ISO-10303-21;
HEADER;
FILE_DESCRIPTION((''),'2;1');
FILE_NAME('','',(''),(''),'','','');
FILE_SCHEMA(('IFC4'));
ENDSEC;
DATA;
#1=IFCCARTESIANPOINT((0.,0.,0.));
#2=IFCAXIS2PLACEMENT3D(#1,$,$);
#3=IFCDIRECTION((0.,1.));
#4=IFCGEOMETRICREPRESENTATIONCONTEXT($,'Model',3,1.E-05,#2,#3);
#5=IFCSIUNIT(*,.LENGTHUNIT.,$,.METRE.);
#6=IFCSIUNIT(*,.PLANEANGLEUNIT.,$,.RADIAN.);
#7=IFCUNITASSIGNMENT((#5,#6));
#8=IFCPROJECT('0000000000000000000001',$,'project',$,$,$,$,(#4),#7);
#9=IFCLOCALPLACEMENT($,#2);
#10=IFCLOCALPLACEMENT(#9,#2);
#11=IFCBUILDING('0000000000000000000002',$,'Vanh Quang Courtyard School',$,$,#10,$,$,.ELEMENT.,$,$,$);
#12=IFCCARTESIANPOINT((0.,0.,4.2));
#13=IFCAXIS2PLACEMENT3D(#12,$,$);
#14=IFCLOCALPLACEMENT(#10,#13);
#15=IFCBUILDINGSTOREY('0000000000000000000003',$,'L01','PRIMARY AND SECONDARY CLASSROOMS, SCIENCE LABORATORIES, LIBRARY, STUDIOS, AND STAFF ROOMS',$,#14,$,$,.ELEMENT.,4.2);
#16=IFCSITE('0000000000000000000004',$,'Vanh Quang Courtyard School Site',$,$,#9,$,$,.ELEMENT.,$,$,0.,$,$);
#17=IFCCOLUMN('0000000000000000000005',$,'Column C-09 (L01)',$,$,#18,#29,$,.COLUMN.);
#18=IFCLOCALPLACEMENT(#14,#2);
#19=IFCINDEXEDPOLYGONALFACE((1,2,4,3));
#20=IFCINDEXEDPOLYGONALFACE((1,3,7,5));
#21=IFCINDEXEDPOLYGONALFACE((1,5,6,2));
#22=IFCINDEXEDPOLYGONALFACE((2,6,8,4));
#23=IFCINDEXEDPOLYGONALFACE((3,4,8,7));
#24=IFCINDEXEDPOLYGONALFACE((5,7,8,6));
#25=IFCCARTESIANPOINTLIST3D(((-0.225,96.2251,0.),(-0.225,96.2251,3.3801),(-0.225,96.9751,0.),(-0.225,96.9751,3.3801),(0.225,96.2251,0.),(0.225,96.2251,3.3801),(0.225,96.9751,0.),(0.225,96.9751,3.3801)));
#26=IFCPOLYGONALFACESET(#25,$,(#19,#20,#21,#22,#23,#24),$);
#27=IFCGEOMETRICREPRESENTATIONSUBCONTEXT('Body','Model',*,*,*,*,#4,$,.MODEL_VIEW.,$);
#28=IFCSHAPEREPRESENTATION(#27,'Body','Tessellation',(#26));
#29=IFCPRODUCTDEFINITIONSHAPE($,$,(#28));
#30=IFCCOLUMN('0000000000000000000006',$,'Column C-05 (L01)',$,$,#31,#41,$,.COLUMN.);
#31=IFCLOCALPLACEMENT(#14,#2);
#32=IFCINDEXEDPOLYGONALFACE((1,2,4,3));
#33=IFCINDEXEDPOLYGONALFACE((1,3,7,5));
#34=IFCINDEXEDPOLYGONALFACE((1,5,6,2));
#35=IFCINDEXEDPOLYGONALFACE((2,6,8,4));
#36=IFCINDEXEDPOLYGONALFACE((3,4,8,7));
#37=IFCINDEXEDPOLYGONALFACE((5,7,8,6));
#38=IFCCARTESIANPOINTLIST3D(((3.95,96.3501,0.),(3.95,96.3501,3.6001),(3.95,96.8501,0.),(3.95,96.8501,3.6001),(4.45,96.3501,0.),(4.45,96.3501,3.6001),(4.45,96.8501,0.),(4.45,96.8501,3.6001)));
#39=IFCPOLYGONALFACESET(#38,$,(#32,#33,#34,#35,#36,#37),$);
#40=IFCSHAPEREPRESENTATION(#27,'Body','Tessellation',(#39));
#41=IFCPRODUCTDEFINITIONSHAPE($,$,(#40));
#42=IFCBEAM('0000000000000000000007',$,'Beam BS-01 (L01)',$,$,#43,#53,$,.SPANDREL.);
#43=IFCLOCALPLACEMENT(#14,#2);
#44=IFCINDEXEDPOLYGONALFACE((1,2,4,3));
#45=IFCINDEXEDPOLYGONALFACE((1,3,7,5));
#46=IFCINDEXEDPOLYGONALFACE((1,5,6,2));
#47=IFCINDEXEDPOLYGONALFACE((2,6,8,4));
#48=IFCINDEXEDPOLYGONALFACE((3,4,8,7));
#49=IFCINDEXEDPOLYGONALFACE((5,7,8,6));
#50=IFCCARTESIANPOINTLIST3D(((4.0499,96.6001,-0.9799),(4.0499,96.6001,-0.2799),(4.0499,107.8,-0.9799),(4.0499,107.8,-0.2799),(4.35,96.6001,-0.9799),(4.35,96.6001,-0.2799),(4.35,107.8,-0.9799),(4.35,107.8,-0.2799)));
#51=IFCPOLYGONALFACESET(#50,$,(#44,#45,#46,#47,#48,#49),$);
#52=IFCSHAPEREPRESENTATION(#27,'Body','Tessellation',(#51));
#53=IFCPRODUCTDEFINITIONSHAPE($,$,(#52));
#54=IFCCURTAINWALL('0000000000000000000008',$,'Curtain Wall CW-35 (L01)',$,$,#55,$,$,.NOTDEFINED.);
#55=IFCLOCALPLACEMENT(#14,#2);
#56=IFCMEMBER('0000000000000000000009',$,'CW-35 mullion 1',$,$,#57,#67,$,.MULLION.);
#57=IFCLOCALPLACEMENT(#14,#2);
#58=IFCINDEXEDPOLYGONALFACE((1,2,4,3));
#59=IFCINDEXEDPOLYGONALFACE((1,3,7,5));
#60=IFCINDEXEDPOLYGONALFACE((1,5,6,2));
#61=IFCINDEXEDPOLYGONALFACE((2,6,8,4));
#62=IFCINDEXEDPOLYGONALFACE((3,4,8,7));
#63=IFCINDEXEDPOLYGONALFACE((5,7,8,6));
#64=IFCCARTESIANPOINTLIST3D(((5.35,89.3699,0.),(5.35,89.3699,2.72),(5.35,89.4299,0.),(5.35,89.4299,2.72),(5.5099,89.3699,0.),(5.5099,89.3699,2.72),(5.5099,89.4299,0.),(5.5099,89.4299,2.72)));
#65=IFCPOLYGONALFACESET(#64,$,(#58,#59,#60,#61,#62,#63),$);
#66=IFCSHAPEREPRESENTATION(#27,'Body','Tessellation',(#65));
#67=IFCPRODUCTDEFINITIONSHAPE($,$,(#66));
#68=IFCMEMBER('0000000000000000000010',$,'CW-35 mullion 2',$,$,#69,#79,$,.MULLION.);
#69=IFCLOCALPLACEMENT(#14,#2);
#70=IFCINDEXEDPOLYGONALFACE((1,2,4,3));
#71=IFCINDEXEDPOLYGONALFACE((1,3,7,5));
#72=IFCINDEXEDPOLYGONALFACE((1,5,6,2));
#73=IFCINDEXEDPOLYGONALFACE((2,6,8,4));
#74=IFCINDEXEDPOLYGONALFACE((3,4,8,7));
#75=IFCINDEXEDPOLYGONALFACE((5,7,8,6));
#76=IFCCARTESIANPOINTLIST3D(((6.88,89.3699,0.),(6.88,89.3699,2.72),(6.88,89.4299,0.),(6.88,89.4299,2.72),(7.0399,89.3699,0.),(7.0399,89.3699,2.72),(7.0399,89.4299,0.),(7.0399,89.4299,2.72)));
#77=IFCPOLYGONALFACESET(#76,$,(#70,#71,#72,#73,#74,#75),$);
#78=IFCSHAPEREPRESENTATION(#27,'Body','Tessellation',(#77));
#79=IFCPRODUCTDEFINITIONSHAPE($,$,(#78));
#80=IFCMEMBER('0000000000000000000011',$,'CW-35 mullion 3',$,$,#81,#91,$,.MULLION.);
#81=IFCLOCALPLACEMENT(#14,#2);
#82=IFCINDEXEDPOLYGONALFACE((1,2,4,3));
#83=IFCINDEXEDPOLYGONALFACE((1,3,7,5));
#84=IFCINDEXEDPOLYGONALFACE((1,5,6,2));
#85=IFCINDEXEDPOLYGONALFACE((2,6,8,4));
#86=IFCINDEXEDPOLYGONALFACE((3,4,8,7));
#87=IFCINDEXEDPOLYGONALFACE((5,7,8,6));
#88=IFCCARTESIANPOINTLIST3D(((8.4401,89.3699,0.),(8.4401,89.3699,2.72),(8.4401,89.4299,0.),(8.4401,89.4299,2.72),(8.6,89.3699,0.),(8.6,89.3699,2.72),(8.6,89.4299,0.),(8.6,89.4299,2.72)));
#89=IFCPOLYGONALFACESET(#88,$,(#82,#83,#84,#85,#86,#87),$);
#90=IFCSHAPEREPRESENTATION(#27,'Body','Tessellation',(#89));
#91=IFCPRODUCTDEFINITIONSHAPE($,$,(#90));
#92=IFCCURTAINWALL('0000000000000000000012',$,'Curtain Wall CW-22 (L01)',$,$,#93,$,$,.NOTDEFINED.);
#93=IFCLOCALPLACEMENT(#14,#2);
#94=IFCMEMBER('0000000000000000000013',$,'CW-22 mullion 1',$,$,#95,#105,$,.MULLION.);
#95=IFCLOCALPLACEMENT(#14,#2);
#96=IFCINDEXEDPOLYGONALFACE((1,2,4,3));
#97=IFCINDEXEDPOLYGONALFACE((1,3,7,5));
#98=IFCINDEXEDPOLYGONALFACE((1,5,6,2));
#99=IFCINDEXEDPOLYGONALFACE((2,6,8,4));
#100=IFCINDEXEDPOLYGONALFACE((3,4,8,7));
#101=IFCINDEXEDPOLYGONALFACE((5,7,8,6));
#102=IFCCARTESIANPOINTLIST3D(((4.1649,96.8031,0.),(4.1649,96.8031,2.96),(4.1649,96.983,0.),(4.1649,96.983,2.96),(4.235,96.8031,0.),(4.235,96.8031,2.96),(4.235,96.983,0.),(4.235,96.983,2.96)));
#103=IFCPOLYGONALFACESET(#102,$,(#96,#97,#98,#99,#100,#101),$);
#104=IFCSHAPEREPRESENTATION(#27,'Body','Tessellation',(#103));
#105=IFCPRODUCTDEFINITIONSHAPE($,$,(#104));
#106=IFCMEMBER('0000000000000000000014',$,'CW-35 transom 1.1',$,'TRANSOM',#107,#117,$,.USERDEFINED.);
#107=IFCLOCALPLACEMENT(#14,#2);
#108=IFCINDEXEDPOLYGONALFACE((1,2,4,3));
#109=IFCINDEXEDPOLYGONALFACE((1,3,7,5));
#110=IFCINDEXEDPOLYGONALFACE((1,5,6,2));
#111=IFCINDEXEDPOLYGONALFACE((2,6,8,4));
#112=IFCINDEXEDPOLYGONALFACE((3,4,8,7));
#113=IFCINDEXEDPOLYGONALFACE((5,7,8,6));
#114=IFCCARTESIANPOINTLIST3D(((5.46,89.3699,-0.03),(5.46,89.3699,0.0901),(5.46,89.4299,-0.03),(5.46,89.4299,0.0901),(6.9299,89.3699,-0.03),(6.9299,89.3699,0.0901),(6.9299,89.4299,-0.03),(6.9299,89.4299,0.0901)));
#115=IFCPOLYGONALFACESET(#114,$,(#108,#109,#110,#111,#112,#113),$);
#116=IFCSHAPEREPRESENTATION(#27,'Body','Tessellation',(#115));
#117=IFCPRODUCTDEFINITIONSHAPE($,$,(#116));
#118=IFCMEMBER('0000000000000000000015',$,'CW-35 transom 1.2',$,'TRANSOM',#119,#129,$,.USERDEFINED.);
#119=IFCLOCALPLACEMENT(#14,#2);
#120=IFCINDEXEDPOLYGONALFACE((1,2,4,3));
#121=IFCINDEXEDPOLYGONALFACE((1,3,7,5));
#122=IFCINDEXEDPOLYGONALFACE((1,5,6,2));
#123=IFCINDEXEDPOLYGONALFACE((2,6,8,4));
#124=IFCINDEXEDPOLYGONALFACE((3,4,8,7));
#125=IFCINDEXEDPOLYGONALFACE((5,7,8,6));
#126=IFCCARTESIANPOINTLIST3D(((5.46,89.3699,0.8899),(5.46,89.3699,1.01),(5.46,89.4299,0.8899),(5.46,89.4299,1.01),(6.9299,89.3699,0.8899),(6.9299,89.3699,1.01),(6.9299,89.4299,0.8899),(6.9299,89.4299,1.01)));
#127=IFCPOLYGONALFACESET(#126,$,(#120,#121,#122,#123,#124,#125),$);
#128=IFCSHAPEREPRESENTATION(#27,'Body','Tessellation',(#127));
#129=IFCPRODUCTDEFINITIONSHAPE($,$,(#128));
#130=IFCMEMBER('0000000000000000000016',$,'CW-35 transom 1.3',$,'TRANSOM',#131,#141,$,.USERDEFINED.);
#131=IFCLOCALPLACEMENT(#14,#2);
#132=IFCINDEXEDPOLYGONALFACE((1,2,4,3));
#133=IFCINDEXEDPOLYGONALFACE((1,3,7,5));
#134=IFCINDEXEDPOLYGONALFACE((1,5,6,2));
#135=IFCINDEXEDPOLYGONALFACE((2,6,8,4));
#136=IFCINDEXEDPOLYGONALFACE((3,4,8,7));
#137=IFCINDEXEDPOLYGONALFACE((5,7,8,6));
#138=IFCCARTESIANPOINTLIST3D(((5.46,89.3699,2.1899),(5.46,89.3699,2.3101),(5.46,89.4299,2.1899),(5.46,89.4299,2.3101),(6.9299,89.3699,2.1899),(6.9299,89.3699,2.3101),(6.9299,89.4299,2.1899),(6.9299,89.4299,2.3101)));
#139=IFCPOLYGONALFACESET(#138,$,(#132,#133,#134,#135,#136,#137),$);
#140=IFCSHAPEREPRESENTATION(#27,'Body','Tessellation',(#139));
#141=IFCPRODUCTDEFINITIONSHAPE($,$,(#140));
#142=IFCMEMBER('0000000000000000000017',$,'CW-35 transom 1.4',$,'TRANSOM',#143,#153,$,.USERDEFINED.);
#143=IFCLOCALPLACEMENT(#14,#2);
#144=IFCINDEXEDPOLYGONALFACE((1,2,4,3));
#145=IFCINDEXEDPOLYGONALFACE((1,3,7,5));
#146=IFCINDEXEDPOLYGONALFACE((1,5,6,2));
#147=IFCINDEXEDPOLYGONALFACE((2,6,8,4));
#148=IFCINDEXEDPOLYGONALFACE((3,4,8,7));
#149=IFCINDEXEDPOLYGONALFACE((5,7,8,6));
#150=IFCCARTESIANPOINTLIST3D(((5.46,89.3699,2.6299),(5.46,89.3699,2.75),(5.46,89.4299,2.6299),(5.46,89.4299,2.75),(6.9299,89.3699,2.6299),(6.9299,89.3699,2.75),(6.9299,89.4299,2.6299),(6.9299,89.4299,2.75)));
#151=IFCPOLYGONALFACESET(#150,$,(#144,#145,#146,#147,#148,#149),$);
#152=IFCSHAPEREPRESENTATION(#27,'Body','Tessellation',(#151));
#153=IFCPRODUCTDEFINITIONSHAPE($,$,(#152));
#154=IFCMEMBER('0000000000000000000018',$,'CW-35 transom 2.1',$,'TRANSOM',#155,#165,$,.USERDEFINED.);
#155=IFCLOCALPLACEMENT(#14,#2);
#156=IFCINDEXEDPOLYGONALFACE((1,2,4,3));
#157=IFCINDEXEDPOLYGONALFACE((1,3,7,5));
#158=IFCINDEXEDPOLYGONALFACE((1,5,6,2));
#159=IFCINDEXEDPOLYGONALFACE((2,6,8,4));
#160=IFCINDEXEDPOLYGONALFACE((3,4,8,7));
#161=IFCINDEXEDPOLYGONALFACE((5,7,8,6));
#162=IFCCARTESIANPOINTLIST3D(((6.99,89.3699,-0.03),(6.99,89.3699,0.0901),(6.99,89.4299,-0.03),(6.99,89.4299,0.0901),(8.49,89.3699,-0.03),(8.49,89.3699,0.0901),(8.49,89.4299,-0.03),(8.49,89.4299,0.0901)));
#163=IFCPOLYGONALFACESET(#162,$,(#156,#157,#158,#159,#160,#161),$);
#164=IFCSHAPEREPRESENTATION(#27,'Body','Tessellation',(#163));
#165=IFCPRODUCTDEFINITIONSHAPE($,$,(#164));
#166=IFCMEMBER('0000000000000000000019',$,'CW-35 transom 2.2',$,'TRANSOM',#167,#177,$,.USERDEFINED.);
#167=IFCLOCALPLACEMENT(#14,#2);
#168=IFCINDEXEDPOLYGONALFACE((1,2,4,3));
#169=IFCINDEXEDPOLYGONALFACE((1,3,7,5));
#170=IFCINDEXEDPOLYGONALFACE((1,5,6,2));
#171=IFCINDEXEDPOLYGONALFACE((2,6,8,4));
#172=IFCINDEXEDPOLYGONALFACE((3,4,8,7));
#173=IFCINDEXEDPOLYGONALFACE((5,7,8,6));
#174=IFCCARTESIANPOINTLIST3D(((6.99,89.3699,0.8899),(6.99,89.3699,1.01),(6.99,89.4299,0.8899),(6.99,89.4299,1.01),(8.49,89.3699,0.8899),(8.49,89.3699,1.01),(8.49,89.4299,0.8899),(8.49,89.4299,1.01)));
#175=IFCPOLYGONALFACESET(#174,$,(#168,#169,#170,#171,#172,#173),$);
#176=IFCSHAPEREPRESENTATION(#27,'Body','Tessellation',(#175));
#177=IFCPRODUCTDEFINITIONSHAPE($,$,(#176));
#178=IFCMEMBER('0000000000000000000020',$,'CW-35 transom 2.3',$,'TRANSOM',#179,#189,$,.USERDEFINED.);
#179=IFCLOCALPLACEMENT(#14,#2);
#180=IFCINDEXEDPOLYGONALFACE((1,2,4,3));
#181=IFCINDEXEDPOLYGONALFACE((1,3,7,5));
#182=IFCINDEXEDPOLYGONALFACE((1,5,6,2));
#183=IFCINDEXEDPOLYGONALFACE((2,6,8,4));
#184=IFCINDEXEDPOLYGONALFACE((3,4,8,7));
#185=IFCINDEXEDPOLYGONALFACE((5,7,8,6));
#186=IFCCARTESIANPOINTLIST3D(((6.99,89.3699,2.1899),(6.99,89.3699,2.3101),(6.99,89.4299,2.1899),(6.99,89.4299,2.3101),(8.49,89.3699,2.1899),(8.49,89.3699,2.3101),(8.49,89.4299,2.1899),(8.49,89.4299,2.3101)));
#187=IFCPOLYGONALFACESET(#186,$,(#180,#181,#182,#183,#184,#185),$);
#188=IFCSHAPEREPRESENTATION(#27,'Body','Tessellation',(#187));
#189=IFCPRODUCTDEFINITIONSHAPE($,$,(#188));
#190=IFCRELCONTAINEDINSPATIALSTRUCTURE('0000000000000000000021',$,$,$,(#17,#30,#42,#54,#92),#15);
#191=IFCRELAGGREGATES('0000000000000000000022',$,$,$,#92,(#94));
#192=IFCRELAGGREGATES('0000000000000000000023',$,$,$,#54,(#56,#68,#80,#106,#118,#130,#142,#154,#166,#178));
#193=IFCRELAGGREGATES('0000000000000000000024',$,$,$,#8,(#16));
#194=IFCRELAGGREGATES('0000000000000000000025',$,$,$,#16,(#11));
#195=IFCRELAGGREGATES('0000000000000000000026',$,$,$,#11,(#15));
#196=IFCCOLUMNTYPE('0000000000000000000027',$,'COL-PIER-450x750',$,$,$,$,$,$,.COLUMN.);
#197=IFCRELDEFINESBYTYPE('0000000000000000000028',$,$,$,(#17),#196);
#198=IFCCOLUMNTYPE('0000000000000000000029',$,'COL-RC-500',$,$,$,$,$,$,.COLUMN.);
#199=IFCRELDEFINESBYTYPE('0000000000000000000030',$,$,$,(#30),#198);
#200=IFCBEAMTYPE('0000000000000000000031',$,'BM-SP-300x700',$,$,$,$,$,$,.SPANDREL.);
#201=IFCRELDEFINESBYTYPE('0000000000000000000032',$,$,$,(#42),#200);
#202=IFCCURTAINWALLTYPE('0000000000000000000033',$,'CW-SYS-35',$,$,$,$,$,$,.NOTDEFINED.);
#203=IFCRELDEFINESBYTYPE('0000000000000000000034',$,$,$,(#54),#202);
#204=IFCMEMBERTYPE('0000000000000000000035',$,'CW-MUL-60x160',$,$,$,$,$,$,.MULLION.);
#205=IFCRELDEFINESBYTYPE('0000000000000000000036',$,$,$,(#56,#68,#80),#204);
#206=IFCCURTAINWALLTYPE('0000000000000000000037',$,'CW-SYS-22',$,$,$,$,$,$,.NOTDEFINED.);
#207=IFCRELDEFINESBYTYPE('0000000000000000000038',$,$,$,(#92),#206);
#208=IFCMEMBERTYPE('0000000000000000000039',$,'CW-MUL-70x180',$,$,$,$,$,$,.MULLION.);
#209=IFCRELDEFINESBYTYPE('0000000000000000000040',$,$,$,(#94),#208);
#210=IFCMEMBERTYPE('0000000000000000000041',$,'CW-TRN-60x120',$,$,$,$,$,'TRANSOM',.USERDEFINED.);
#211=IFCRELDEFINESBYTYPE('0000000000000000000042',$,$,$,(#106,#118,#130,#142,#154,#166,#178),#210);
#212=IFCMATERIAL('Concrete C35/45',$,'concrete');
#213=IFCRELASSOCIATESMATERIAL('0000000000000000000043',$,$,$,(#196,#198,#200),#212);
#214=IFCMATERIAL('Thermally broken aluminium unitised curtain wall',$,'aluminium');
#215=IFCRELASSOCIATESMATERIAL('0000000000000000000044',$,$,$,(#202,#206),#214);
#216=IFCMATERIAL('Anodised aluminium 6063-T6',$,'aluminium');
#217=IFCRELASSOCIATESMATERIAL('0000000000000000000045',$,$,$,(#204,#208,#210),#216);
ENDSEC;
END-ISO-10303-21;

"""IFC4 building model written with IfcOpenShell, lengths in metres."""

from ifc_helpers import new_model, si_unit, direction, frame, origin, origin_2d, place, context, subcontext, project, spatial, rectangle, extrude, material, material_profile, profile_set, type_object, element, aggregate, save


model = new_model("IFC4")

# Units and contexts
model_context = context("Model", 3, precision=1e-05, world=origin(), true_north=direction((0.0, 1.0)))
body_context = subcontext(model_context, "Body", "Model", "MODEL_VIEW")
ifc_project = project(units=[si_unit("LENGTHUNIT", "METRE"), si_unit("PLANEANGLEUNIT", "RADIAN")], contexts=[model_context])

# Site, building, storey
site_placement = place(None, origin())
site = spatial("IfcSite", under=ifc_project, at=site_placement, Name="Vanh Quang Courtyard School Site", CompositionType="ELEMENT", RefElevation=0.0)
building_placement = place(site_placement, origin())
building = spatial("IfcBuilding", under=site, at=building_placement, Name="Vanh Quang Courtyard School", CompositionType="ELEMENT")
storey_placement = place(building_placement, frame((0.0, 0.0, 4.2)))
storey = spatial("IfcBuildingStorey", under=building, at=storey_placement, Name="L01", Description="PRIMARY AND SECONDARY CLASSROOMS, SCIENCE LABORATORIES, LIBRARY, STUDIOS, AND STAFF ROOMS", CompositionType="ELEMENT", Elevation=4.2)

# Columns
ifc_material_1 = material(Name="Concrete C35/45", Category="concrete")
ifc_material_profile_1 = material_profile(ifc_material_1, rectangle(XDim=0.45, YDim=0.75, at=origin_2d()), Name="RC-PIER 450x750")
ifc_profile_set_1 = profile_set([ifc_material_profile_1], Name="Concrete C35/45")
column_type_1 = type_object("IfcColumnType", Name="COL-PIER-450x750", PredefinedType="COLUMN", material=ifc_profile_set_1)
column_1_placement = place(storey_placement, frame((0.0, 96.6001, 0.0), z_axis=(0.0, 0.0, 1.0), x_axis=(1.0, 0.0, 0.0)))
element("IfcColumn", 1, at=column_1_placement, inside=storey, type_object=column_type_1, Name="Column C-09 (L01)", PredefinedType="COLUMN", context=body_context, shape_type="SweptSolid", body=[
    extrude(rectangle(XDim=0.45, YDim=0.75, at=origin_2d()), origin(), (0.0, 0.0, 1.0), 3.3801),
])
ifc_material_profile_2 = material_profile(ifc_material_1, rectangle(XDim=0.5, YDim=0.5, at=origin_2d()), Name="RC-COL 500x500")
ifc_profile_set_2 = profile_set([ifc_material_profile_2], Name="Concrete C35/45")
column_type_2 = type_object("IfcColumnType", Name="COL-RC-500", PredefinedType="COLUMN", material=ifc_profile_set_2)
column_2_placement = place(storey_placement, frame((4.2, 96.6001, 0.0), z_axis=(0.0, 0.0, 1.0), x_axis=(1.0, 0.0, 0.0)))
element("IfcColumn", 2, at=column_2_placement, inside=storey, type_object=column_type_2, Name="Column C-05 (L01)", PredefinedType="COLUMN", context=body_context, shape_type="SweptSolid", body=[
    extrude(rectangle(XDim=0.5, YDim=0.5, at=origin_2d()), origin(), (0.0, 0.0, 1.0), 3.6001),
])

# Beam
ifc_material_profile_3 = material_profile(ifc_material_1, rectangle(XDim=0.3, YDim=0.7, at=origin_2d()), Name="RC-SP 300x700")
ifc_profile_set_3 = profile_set([ifc_material_profile_3], Name="Concrete C35/45")
beam_type = type_object("IfcBeamType", Name="BM-SP-300x700", PredefinedType="SPANDREL", material=ifc_profile_set_3)
beam_placement = place(storey_placement, frame((4.2, 96.6001, -0.6299), z_axis=(0.0, 1.0, 0.0), x_axis=(-1.0, 0.0, 0.0)))
element("IfcBeam", 3, at=beam_placement, inside=storey, type_object=beam_type, Name="Beam BS-01 (L01)", PredefinedType="SPANDREL", context=body_context, shape_type="SweptSolid", body=[
    extrude(rectangle(XDim=0.3, YDim=0.7, at=origin_2d()), origin(), (0.0, 0.0, 1.0), 11.2),
])

# Curtain wall, members
ifc_material_2 = material(Name="Thermally broken aluminium unitised curtain wall", Category="aluminium")
curtain_wall_type_1 = type_object("IfcCurtainWallType", Name="CW-SYS-35", PredefinedType="NOTDEFINED", material=ifc_material_2)
curtain_wall_1_placement = place(storey_placement, origin())
curtain_wall_1 = element("IfcCurtainWall", 4, at=curtain_wall_1_placement, inside=storey, type_object=curtain_wall_type_1, Name="Curtain Wall CW-35 (L01)", PredefinedType="NOTDEFINED")
ifc_material_3 = material(Name="Anodised aluminium 6063-T6", Category="aluminium")
ifc_material_profile_4 = material_profile(ifc_material_3, rectangle(XDim=0.0601, YDim=0.1599, at=origin_2d()), Name="ALU-MUL 60x160")
ifc_profile_set_4 = profile_set([ifc_material_profile_4], Name="Anodised aluminium 6063-T6")
member_type_1 = type_object("IfcMemberType", Name="CW-MUL-60x160", PredefinedType="MULLION", material=ifc_profile_set_4)
member_1_placement = place(storey_placement, frame((5.4299, 89.3999, 0.0), z_axis=(0.0, 0.0, 1.0), x_axis=(0.0, 1.0, 0.0)))
member_1 = element("IfcMember", 5, at=member_1_placement, type_object=member_type_1, Name="CW-35 mullion 1", PredefinedType="MULLION", context=body_context, shape_type="SweptSolid", body=[
    extrude(rectangle(XDim=0.0601, YDim=0.1599, at=origin_2d()), origin(), (0.0, 0.0, 1.0), 2.72),
])
member_2_placement = place(storey_placement, frame((6.96, 89.3999, 0.0), z_axis=(0.0, 0.0, 1.0), x_axis=(0.0, 1.0, 0.0)))
member_2 = element("IfcMember", 6, at=member_2_placement, type_object=member_type_1, Name="CW-35 mullion 2", PredefinedType="MULLION", context=body_context, shape_type="SweptSolid", body=[
    extrude(rectangle(XDim=0.0601, YDim=0.1599, at=origin_2d()), origin(), (0.0, 0.0, 1.0), 2.72),
])
member_3_placement = place(storey_placement, frame((8.52, 89.3999, 0.0), z_axis=(0.0, 0.0, 1.0), x_axis=(0.0, 1.0, 0.0)))
member_3 = element("IfcMember", 7, at=member_3_placement, type_object=member_type_1, Name="CW-35 mullion 3", PredefinedType="MULLION", context=body_context, shape_type="SweptSolid", body=[
    extrude(rectangle(XDim=0.0601, YDim=0.1599, at=origin_2d()), origin(), (0.0, 0.0, 1.0), 2.72),
])

# Curtain wall, member
curtain_wall_type_2 = type_object("IfcCurtainWallType", Name="CW-SYS-22", PredefinedType="NOTDEFINED", material=ifc_material_2)
curtain_wall_2_placement = place(storey_placement, origin())
curtain_wall_2 = element("IfcCurtainWall", 8, at=curtain_wall_2_placement, inside=storey, type_object=curtain_wall_type_2, Name="Curtain Wall CW-22 (L01)", PredefinedType="NOTDEFINED")
ifc_material_profile_5 = material_profile(ifc_material_3, rectangle(XDim=0.0701, YDim=0.1799, at=origin_2d()), Name="ALU-MUL 70x180")
ifc_profile_set_5 = profile_set([ifc_material_profile_5], Name="Anodised aluminium 6063-T6")
member_type_2 = type_object("IfcMemberType", Name="CW-MUL-70x180", PredefinedType="MULLION", material=ifc_profile_set_5)
member_4_placement = place(storey_placement, frame((4.2, 96.8931, 0.0), z_axis=(0.0, 0.0, 1.0), x_axis=(-1.0, 0.0, 0.0)))
member_4 = element("IfcMember", 9, at=member_4_placement, type_object=member_type_2, Name="CW-22 mullion 1", PredefinedType="MULLION", context=body_context, shape_type="SweptSolid", body=[
    extrude(rectangle(XDim=0.0701, YDim=0.1799, at=origin_2d()), origin(), (0.0, 0.0, 1.0), 2.96),
])

# Members
ifc_material_profile_6 = material_profile(ifc_material_3, rectangle(XDim=0.0601, YDim=0.1201, at=origin_2d()), Name="ALU-TRN 60x120")
ifc_profile_set_6 = profile_set([ifc_material_profile_6], Name="Anodised aluminium 6063-T6")
member_type_3 = type_object("IfcMemberType", Name="CW-TRN-60x120", ElementType="TRANSOM", PredefinedType="USERDEFINED", material=ifc_profile_set_6)
member_5_placement = place(storey_placement, frame((5.46, 89.3999, 0.03), z_axis=(1.0, 0.0, 0.0), x_axis=(0.0, 1.0, 0.0)))
member_5 = element("IfcMember", 10, at=member_5_placement, type_object=member_type_3, Name="CW-35 transom 1.1", ObjectType="TRANSOM", PredefinedType="USERDEFINED", context=body_context, shape_type="SweptSolid", body=[
    extrude(rectangle(XDim=0.0601, YDim=0.1201, at=origin_2d()), origin(), (0.0, 0.0, 1.0), 1.47),
])
member_6_placement = place(storey_placement, frame((5.46, 89.3999, 0.95), z_axis=(1.0, 0.0, 0.0), x_axis=(0.0, 1.0, 0.0)))
member_6 = element("IfcMember", 11, at=member_6_placement, type_object=member_type_3, Name="CW-35 transom 1.2", ObjectType="TRANSOM", PredefinedType="USERDEFINED", context=body_context, shape_type="SweptSolid", body=[
    extrude(rectangle(XDim=0.0601, YDim=0.1201, at=origin_2d()), origin(), (0.0, 0.0, 1.0), 1.47),
])
member_7_placement = place(storey_placement, frame((5.46, 89.3999, 2.25), z_axis=(1.0, 0.0, 0.0), x_axis=(0.0, 1.0, 0.0)))
member_7 = element("IfcMember", 12, at=member_7_placement, type_object=member_type_3, Name="CW-35 transom 1.3", ObjectType="TRANSOM", PredefinedType="USERDEFINED", context=body_context, shape_type="SweptSolid", body=[
    extrude(rectangle(XDim=0.0601, YDim=0.1201, at=origin_2d()), origin(), (0.0, 0.0, 1.0), 1.47),
])
member_8_placement = place(storey_placement, frame((5.46, 89.3999, 2.6899), z_axis=(1.0, 0.0, 0.0), x_axis=(0.0, 1.0, 0.0)))
member_8 = element("IfcMember", 13, at=member_8_placement, type_object=member_type_3, Name="CW-35 transom 1.4", ObjectType="TRANSOM", PredefinedType="USERDEFINED", context=body_context, shape_type="SweptSolid", body=[
    extrude(rectangle(XDim=0.0601, YDim=0.1201, at=origin_2d()), origin(), (0.0, 0.0, 1.0), 1.47),
])
member_9_placement = place(storey_placement, frame((6.99, 89.3999, 0.03), z_axis=(1.0, 0.0, 0.0), x_axis=(0.0, 1.0, 0.0)))
member_9 = element("IfcMember", 14, at=member_9_placement, type_object=member_type_3, Name="CW-35 transom 2.1", ObjectType="TRANSOM", PredefinedType="USERDEFINED", context=body_context, shape_type="SweptSolid", body=[
    extrude(rectangle(XDim=0.0601, YDim=0.1201, at=origin_2d()), origin(), (0.0, 0.0, 1.0), 1.5),
])
member_10_placement = place(storey_placement, frame((6.99, 89.3999, 0.95), z_axis=(1.0, 0.0, 0.0), x_axis=(0.0, 1.0, 0.0)))
member_10 = element("IfcMember", 15, at=member_10_placement, type_object=member_type_3, Name="CW-35 transom 2.2", ObjectType="TRANSOM", PredefinedType="USERDEFINED", context=body_context, shape_type="SweptSolid", body=[
    extrude(rectangle(XDim=0.0601, YDim=0.1201, at=origin_2d()), origin(), (0.0, 0.0, 1.0), 1.5),
])
member_11_placement = place(storey_placement, frame((6.99, 89.3999, 2.25), z_axis=(1.0, 0.0, 0.0), x_axis=(0.0, 1.0, 0.0)))
member_11 = element("IfcMember", 16, at=member_11_placement, type_object=member_type_3, Name="CW-35 transom 2.3", ObjectType="TRANSOM", PredefinedType="USERDEFINED", context=body_context, shape_type="SweptSolid", body=[
    extrude(rectangle(XDim=0.0601, YDim=0.1201, at=origin_2d()), origin(), (0.0, 0.0, 1.0), 1.5),
])
aggregate(curtain_wall_2, [member_4])

aggregate(curtain_wall_1, [member_1, member_2, member_3, member_5, member_6, member_7, member_8, member_9, member_10, member_11])

save(model, "model.ifc")
